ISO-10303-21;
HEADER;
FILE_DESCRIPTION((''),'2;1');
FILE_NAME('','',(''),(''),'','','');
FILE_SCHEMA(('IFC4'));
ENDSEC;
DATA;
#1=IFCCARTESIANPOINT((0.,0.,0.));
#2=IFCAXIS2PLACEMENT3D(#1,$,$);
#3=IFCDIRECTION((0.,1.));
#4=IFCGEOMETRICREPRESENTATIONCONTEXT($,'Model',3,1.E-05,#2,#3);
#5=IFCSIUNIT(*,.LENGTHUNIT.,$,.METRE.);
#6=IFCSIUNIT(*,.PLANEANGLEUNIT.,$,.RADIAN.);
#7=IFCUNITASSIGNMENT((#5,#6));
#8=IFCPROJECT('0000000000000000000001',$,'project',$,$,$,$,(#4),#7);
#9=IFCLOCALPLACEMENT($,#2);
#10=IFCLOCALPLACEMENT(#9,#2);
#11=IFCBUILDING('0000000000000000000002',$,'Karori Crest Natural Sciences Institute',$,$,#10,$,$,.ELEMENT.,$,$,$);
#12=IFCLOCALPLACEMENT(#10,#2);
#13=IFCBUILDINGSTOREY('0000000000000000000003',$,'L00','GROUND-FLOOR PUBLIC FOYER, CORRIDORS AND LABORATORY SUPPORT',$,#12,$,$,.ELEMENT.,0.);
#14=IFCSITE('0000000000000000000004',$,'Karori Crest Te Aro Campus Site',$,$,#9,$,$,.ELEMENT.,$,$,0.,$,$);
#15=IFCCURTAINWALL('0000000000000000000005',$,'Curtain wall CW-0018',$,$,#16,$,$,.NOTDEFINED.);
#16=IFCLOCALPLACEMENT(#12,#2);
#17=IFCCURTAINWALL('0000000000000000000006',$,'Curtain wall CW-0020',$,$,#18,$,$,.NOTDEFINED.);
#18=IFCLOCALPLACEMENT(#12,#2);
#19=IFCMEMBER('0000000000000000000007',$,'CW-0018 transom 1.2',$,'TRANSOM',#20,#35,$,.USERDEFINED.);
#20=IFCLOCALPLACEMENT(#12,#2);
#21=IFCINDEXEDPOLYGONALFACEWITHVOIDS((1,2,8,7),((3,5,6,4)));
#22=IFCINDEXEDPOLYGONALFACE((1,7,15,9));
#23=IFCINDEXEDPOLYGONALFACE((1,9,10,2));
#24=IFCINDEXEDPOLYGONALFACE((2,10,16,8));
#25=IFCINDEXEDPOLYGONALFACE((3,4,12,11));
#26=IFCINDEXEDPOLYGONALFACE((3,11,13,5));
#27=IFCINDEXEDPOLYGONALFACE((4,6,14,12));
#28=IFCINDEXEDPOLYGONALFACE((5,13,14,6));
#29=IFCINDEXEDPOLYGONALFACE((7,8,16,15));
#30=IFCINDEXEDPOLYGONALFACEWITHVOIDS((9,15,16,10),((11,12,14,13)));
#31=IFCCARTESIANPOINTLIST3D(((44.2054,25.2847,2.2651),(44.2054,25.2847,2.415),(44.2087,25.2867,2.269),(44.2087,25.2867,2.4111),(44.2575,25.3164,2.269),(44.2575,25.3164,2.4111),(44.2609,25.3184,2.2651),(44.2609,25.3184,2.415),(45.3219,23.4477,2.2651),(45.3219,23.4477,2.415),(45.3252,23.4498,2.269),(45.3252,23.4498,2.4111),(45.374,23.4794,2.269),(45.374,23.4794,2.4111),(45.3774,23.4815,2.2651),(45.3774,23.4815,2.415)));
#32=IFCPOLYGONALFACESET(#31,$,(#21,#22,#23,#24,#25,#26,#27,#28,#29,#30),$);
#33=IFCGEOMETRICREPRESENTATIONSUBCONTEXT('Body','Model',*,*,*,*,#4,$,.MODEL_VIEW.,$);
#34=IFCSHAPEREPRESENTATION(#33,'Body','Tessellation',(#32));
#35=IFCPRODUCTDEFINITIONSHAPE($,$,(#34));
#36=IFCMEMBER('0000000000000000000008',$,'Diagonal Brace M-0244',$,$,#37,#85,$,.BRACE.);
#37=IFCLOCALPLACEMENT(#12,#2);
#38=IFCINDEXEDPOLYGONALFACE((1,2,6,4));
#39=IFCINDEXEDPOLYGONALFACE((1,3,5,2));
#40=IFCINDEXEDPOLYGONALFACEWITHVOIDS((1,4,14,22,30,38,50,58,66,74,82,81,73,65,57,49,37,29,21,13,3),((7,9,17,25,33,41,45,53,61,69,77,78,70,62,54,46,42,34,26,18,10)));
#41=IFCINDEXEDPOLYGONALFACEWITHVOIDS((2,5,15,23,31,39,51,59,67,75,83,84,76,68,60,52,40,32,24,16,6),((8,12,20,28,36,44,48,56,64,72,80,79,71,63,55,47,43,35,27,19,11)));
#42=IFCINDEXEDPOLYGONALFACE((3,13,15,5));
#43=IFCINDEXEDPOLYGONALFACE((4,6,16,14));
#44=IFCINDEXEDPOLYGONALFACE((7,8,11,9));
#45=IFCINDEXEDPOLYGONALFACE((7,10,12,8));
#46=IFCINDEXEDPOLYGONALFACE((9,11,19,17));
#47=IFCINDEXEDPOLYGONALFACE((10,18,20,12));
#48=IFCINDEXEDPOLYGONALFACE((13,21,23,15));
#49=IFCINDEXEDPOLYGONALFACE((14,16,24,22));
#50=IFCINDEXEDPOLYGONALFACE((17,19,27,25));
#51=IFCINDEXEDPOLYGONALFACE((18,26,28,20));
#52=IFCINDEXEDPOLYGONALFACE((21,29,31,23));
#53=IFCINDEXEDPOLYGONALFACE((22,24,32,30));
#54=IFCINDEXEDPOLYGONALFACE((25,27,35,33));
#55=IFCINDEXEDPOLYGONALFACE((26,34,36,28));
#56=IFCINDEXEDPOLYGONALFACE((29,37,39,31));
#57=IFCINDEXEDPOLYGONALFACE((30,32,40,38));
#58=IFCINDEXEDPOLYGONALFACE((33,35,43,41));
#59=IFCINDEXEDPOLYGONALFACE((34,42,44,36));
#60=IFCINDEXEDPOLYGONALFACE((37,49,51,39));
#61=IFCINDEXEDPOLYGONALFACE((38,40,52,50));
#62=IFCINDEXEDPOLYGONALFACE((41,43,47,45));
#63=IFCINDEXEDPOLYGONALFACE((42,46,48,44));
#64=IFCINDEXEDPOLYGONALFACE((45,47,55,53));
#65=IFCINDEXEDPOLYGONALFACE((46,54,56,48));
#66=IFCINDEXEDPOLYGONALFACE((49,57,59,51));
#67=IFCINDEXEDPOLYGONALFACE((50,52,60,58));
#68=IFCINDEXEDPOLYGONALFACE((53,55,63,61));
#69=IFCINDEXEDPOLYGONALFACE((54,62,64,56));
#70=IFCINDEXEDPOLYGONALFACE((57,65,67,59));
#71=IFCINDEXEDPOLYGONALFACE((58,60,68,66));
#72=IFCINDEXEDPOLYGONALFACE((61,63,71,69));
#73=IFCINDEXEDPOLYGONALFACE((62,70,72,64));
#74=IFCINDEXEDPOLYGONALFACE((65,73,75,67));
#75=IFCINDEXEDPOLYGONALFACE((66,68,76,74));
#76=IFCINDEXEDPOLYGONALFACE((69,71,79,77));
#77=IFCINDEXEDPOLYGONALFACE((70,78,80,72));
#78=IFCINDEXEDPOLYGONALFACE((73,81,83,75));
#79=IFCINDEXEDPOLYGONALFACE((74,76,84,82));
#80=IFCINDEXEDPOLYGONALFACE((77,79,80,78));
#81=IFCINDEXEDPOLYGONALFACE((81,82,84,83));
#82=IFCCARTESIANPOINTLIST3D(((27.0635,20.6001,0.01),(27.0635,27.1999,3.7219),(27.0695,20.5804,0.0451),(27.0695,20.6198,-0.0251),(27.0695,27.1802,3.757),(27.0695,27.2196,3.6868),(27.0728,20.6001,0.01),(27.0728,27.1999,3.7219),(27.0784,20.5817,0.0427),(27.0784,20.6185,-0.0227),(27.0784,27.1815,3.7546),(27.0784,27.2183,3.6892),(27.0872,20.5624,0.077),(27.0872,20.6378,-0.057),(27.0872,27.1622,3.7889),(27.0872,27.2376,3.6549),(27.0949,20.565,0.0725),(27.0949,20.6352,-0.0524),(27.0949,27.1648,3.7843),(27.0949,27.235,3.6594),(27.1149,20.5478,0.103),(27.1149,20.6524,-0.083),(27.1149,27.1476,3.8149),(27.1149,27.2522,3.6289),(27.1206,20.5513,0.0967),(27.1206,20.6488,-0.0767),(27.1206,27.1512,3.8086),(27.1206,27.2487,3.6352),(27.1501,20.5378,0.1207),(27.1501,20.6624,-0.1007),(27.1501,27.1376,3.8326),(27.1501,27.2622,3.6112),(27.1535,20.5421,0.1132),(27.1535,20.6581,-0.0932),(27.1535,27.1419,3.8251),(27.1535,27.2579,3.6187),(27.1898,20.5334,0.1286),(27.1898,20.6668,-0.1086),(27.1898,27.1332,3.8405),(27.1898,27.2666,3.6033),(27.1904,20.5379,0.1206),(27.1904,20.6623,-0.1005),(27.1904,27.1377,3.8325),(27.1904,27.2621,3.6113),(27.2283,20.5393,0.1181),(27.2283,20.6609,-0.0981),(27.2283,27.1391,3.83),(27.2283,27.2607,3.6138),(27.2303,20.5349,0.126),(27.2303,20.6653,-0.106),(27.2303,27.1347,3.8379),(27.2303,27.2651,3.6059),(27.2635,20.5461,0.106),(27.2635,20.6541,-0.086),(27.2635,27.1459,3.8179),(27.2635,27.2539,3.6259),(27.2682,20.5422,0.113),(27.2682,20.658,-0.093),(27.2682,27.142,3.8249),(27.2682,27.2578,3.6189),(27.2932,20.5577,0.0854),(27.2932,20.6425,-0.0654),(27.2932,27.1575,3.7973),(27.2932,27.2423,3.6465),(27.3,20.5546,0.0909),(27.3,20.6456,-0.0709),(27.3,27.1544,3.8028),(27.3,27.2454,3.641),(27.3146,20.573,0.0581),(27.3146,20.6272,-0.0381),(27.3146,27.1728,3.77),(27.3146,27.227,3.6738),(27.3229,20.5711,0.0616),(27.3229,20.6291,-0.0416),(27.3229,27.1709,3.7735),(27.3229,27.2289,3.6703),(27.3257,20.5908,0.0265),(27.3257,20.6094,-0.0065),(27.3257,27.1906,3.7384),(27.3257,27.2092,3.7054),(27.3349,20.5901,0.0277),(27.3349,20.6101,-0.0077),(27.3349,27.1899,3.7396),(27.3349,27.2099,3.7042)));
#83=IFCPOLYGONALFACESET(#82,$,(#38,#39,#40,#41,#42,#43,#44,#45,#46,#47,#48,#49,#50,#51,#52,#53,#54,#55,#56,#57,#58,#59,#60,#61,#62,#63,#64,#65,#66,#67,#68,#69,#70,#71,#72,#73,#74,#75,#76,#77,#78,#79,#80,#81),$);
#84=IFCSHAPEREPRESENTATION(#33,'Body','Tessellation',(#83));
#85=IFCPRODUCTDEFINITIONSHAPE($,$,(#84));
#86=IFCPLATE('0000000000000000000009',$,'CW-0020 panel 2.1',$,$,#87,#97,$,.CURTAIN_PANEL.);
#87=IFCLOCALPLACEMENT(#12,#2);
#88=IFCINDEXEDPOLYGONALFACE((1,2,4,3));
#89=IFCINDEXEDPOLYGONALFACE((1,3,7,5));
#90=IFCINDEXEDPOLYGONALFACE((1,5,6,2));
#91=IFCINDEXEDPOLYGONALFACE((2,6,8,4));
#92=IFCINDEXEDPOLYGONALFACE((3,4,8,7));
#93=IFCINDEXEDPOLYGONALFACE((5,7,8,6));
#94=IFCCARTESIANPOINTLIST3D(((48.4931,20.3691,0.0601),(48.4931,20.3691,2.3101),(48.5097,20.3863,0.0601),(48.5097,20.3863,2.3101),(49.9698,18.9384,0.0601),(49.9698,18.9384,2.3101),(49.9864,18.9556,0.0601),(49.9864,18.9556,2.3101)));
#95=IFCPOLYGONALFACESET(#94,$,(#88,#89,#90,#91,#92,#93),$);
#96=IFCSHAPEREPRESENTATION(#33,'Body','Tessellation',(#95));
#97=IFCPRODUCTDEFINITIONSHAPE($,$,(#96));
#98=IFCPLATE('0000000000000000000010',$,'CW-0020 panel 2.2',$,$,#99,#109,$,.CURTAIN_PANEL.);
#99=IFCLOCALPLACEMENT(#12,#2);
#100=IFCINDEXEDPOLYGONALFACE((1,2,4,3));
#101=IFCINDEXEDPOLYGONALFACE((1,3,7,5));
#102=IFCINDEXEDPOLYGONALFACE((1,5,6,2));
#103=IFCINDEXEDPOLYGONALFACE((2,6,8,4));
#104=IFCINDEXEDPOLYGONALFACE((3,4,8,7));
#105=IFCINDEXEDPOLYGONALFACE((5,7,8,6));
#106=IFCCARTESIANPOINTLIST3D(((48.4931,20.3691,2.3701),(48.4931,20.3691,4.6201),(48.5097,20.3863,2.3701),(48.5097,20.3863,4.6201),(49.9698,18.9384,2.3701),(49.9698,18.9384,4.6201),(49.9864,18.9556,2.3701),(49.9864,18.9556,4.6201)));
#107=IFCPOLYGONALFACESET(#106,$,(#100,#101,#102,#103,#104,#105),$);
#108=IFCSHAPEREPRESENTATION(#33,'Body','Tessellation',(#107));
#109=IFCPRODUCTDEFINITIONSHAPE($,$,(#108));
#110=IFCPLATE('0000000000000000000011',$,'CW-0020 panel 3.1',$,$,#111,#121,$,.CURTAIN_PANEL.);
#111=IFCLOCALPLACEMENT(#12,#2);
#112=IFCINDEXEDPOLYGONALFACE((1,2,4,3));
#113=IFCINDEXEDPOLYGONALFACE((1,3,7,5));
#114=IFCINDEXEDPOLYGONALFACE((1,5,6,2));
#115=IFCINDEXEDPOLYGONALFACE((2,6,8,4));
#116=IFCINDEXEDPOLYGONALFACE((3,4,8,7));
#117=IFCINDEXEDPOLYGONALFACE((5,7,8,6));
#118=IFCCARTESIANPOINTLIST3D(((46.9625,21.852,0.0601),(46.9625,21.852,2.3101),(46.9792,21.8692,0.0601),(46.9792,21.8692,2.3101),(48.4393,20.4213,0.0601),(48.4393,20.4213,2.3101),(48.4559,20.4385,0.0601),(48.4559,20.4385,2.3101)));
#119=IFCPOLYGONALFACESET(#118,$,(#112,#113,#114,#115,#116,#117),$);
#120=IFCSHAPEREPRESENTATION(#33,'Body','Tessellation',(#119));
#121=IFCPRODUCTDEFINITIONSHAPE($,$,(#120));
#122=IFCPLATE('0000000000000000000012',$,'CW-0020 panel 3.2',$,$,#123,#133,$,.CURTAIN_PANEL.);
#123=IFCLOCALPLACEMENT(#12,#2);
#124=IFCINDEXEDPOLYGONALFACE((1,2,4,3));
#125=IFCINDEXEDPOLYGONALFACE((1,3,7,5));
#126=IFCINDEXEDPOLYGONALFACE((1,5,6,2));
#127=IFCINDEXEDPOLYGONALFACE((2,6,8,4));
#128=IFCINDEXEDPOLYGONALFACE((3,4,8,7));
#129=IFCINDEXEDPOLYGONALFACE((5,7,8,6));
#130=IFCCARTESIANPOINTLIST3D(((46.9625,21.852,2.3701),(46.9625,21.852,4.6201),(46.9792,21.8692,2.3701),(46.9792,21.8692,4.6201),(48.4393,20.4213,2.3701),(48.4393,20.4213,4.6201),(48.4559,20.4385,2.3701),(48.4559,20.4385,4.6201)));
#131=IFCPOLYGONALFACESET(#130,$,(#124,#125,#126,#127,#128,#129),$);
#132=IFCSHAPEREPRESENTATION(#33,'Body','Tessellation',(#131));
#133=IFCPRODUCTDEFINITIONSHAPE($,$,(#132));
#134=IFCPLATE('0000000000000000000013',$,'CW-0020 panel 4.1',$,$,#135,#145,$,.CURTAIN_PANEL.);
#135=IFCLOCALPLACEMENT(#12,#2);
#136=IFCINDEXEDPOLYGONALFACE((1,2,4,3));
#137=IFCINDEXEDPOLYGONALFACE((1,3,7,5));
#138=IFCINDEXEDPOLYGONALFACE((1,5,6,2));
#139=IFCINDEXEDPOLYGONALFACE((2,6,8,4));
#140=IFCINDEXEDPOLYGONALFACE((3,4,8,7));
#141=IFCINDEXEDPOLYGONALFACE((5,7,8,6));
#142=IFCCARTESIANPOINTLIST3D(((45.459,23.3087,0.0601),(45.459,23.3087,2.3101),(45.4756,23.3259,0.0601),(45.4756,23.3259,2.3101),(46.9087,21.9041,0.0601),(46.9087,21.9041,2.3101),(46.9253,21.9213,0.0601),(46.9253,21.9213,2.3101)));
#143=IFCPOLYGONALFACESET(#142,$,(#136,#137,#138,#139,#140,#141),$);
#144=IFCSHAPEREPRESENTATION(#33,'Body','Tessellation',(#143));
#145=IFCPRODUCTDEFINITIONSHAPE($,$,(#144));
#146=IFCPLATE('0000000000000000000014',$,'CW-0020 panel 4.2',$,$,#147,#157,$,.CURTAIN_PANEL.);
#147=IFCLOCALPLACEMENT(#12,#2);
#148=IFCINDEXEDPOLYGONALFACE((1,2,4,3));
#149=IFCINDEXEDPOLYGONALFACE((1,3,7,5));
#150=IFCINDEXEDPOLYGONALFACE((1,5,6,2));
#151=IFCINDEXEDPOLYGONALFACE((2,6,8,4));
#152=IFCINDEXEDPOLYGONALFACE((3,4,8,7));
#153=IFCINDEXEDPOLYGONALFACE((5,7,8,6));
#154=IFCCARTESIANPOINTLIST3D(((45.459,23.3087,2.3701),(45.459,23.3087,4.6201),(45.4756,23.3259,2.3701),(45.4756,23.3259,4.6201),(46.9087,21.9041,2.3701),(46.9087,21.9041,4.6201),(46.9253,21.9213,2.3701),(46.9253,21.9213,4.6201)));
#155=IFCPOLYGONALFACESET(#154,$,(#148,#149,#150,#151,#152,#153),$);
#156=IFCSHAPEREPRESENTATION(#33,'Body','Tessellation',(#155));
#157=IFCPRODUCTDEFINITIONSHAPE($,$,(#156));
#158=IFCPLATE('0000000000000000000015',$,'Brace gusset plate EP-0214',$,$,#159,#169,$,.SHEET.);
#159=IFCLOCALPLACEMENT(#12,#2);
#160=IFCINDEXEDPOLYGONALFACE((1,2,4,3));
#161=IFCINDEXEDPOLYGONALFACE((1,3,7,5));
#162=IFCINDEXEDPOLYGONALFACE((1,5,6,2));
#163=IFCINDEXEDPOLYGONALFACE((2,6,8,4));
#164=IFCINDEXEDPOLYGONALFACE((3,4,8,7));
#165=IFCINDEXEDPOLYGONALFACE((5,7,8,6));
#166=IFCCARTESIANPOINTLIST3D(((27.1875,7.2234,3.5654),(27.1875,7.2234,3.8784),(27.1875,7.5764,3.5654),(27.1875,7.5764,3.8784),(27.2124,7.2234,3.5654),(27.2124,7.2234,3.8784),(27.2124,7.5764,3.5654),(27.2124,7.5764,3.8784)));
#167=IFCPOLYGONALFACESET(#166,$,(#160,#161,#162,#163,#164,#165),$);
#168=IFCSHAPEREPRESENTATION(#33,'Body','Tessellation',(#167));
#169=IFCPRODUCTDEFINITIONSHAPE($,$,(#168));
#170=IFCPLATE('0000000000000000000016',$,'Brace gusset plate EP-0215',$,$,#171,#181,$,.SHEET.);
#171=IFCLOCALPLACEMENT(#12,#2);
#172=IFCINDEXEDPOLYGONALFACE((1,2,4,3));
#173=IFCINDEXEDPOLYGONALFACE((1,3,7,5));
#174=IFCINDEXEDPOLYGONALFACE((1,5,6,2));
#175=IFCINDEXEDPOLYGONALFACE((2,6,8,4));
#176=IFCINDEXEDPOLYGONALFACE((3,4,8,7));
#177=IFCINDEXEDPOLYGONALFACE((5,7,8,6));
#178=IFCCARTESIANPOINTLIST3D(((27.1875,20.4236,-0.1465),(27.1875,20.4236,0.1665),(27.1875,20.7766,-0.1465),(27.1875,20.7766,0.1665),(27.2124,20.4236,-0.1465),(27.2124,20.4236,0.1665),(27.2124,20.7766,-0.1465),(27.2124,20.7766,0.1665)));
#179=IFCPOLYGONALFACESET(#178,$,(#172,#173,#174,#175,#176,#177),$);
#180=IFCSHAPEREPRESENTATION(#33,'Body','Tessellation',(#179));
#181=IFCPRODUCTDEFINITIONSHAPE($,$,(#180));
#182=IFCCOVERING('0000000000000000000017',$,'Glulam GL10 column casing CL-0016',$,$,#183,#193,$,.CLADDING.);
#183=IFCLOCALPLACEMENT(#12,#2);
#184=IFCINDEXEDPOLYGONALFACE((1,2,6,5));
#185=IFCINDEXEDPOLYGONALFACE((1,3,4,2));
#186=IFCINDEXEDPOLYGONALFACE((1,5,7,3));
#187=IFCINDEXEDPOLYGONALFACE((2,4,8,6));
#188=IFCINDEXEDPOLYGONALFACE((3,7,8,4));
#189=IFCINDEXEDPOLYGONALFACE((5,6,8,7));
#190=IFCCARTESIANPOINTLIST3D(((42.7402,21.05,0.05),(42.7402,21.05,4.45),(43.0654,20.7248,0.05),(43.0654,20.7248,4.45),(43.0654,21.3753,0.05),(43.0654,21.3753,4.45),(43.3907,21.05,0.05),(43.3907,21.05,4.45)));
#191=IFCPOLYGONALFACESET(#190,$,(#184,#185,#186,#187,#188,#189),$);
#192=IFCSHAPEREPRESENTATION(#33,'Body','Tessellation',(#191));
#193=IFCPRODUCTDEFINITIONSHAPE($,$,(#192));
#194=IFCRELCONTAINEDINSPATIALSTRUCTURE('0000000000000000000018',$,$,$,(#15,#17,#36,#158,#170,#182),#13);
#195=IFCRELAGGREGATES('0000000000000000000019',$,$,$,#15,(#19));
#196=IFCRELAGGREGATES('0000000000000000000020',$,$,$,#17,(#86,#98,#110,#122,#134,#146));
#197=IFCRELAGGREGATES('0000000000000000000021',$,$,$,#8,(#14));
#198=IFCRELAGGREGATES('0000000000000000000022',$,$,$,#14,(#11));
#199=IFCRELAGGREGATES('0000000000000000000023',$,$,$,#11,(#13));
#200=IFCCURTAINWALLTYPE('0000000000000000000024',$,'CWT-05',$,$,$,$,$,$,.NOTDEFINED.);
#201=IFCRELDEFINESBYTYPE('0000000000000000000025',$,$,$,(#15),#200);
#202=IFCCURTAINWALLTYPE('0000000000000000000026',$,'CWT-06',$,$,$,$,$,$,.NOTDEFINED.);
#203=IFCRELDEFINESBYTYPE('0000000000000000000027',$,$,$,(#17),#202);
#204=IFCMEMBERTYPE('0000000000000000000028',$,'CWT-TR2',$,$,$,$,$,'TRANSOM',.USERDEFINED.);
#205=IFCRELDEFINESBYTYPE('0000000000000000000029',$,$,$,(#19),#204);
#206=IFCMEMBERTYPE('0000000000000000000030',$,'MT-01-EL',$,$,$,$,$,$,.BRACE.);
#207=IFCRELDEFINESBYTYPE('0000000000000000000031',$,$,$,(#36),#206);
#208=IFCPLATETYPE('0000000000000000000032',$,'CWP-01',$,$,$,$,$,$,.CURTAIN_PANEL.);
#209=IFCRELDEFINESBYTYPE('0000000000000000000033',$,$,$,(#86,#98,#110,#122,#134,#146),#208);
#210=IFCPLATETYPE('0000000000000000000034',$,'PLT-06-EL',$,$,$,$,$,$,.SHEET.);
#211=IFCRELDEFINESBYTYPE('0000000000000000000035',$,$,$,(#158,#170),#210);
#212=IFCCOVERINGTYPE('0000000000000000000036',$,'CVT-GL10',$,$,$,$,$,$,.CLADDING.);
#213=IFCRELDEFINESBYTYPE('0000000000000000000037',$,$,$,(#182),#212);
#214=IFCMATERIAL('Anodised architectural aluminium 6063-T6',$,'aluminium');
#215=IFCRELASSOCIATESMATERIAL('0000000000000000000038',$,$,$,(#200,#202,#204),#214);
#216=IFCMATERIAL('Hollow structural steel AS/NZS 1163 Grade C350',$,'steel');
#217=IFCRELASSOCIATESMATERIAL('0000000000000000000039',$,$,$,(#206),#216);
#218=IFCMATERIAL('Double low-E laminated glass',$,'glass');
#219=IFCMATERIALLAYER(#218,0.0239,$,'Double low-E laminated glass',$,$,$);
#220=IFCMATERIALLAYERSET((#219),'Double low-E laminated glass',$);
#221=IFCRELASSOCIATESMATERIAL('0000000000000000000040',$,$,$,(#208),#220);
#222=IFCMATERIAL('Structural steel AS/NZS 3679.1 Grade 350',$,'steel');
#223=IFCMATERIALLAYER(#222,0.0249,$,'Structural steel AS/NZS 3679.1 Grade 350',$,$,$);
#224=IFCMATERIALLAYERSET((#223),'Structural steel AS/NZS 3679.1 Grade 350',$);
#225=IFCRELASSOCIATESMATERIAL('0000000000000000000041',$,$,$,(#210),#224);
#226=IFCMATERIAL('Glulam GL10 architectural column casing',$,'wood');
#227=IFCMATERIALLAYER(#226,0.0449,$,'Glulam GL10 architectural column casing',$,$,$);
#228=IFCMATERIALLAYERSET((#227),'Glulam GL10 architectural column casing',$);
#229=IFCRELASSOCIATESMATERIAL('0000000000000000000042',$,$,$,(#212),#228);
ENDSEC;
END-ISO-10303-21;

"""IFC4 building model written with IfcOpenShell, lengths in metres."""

from ifc_helpers import new_model, si_unit, direction, frame, origin, origin_2d, place, context, subcontext, project, spatial, rectangle, hollow_rectangle, hollow_circle, extrude, material, layer, layer_set, material_profile, profile_set, type_object, element, aggregate, save


model = new_model("IFC4")

# Units and contexts
model_context = context("Model", 3, precision=1e-05, world=origin(), true_north=direction((0.0, 1.0)))
body_context = subcontext(model_context, "Body", "Model", "MODEL_VIEW")
ifc_project = project(units=[si_unit("LENGTHUNIT", "METRE"), si_unit("PLANEANGLEUNIT", "RADIAN")], contexts=[model_context])

# Site, building, storey
site_placement = place(None, origin())
site = spatial("IfcSite", under=ifc_project, at=site_placement, Name="Karori Crest Te Aro Campus Site", CompositionType="ELEMENT", RefElevation=0.0)
building_placement = place(site_placement, origin())
building = spatial("IfcBuilding", under=site, at=building_placement, Name="Karori Crest Natural Sciences Institute", CompositionType="ELEMENT")
storey_placement = place(building_placement, origin())
storey = spatial("IfcBuildingStorey", under=building, at=storey_placement, Name="L00", Description="GROUND-FLOOR PUBLIC FOYER, CORRIDORS AND LABORATORY SUPPORT", CompositionType="ELEMENT", Elevation=0.0)

# Shared definitions
ifc_material_1 = material(Name="Structural steel AS/NZS 3679.1 Grade 350", Category="steel")
ifc_material_2 = material(Name="Hollow structural steel AS/NZS 1163 Grade C350", Category="steel")

# Curtain wall
ifc_material_3 = material(Name="Anodised architectural aluminium 6063-T6", Category="aluminium")
curtain_wall_type_1 = type_object("IfcCurtainWallType", Name="CWT-05", PredefinedType="NOTDEFINED", material=ifc_material_3)
curtain_wall_1_placement = place(storey_placement, origin())
curtain_wall_1 = element("IfcCurtainWall", 1, at=curtain_wall_1_placement, inside=storey, type_object=curtain_wall_type_1, Name="Curtain wall CW-0018", PredefinedType="NOTDEFINED")

# Curtain wall
curtain_wall_type_2 = type_object("IfcCurtainWallType", Name="CWT-06", PredefinedType="NOTDEFINED", material=ifc_material_3)
curtain_wall_2_placement = place(storey_placement, origin())
curtain_wall_2 = element("IfcCurtainWall", 2, at=curtain_wall_2_placement, inside=storey, type_object=curtain_wall_type_2, Name="Curtain wall CW-0020", PredefinedType="NOTDEFINED")

# Members
ifc_material_profile_1 = material_profile(ifc_material_3, hollow_rectangle(XDim=0.0649, YDim=0.1499, WallThickness=0.0039, at=origin_2d()), Name="CWT150x65x4")
ifc_profile_set_1 = profile_set([ifc_material_profile_1], Name="Anodised architectural aluminium 6063-T6")
member_type_1 = type_object("IfcMemberType", Name="CWT-TR2", ElementType="TRANSOM", PredefinedType="USERDEFINED", material=ifc_profile_set_1)
member_1_placement = place(storey_placement, frame((45.3496, 23.4646, 2.3401), z_axis=(-0.519381, 0.854543, 0.0), x_axis=(-0.854543, -0.519381, 0.0)))
member_1 = element("IfcMember", 3, at=member_1_placement, type_object=member_type_1, Name="CW-0018 transom 1.2", ObjectType="TRANSOM", PredefinedType="USERDEFINED", context=body_context, shape_type="SweptSolid", body=[
    extrude(hollow_rectangle(XDim=0.0649, YDim=0.1499, WallThickness=0.0039, at=origin_2d()), origin(), (0.0, 0.0, 1.0), 2.1497),
])
aggregate(curtain_wall_1, [member_1])
ifc_material_profile_2 = material_profile(ifc_material_2, hollow_circle(Radius=0.1365, WallThickness=0.0093, at=origin_2d()), Name="CHS273.0x9.3")
ifc_profile_set_2 = profile_set([ifc_material_profile_2], Name="Hollow structural steel AS/NZS 1163 Grade C350")
member_type_2 = type_object("IfcMemberType", Name="MT-01-EL", PredefinedType="BRACE", material=ifc_profile_set_2)
member_2_placement = place(storey_placement, frame((27.2, 20.6001, 0.01), z_axis=(0.0, 0.871604, 0.490211), x_axis=(-1.0, 0.0, 0.0)))
element("IfcMember", 4, at=member_2_placement, inside=storey, type_object=member_type_2, Name="Diagonal Brace M-0244", PredefinedType="BRACE", context=body_context, shape_type="SweptSolid", body=[
    extrude(hollow_circle(Radius=0.1365, WallThickness=0.0093, at=origin_2d()), origin(), (0.0, 0.0, 1.0), 7.572),
])

# Plates
ifc_material_4 = material(Name="Double low-E laminated glass", Category="glass")
ifc_layer_1 = layer(ifc_material_4, 0.0239, Name="Double low-E laminated glass")
ifc_layer_set_1 = layer_set([ifc_layer_1], Name="Double low-E laminated glass")
plate_type_1 = type_object("IfcPlateType", Name="CWP-01", PredefinedType="CURTAIN_PANEL", material=ifc_layer_set_1)
plate_1_placement = place(storey_placement, frame((49.2397, 19.6624, 0.0601), z_axis=(0.0, 0.0, 1.0), x_axis=(-0.718198, 0.695839, 0.0)))
plate_1 = element("IfcPlate", 5, at=plate_1_placement, type_object=plate_type_1, Name="CW-0020 panel 2.1", PredefinedType="CURTAIN_PANEL", context=body_context, shape_type="SweptSolid", body=[
    extrude(rectangle(XDim=2.0562, YDim=0.0239, at=origin_2d()), origin(), (0.0, 0.0, 1.0), 2.25),
])
plate_2_placement = place(storey_placement, frame((49.2397, 19.6624, 2.3701), z_axis=(0.0, 0.0, 1.0), x_axis=(-0.718198, 0.695839, 0.0)))
plate_2 = element("IfcPlate", 6, at=plate_2_placement, type_object=plate_type_1, Name="CW-0020 panel 2.2", PredefinedType="CURTAIN_PANEL", context=body_context, shape_type="SweptSolid", body=[
    extrude(rectangle(XDim=2.0562, YDim=0.0239, at=origin_2d()), origin(), (0.0, 0.0, 1.0), 2.25),
])
plate_3_placement = place(storey_placement, frame((47.7092, 21.1453, 0.0601), z_axis=(0.0, 0.0, 1.0), x_axis=(-0.718198, 0.695839, 0.0)))
plate_3 = element("IfcPlate", 7, at=plate_3_placement, type_object=plate_type_1, Name="CW-0020 panel 3.1", PredefinedType="CURTAIN_PANEL", context=body_context, shape_type="SweptSolid", body=[
    extrude(rectangle(XDim=2.0562, YDim=0.0239, at=origin_2d()), origin(), (0.0, 0.0, 1.0), 2.25),
])
plate_4_placement = place(storey_placement, frame((47.7092, 21.1453, 2.3701), z_axis=(0.0, 0.0, 1.0), x_axis=(-0.718198, 0.695839, 0.0)))
plate_4 = element("IfcPlate", 8, at=plate_4_placement, type_object=plate_type_1, Name="CW-0020 panel 3.2", PredefinedType="CURTAIN_PANEL", context=body_context, shape_type="SweptSolid", body=[
    extrude(rectangle(XDim=2.0562, YDim=0.0239, at=origin_2d()), origin(), (0.0, 0.0, 1.0), 2.25),
])
plate_5_placement = place(storey_placement, frame((46.1921, 22.615, 0.0601), z_axis=(0.0, 0.0, 1.0), x_axis=(-0.718198, 0.695839, 0.0)))
plate_5 = element("IfcPlate", 9, at=plate_5_placement, type_object=plate_type_1, Name="CW-0020 panel 4.1", PredefinedType="CURTAIN_PANEL", context=body_context, shape_type="SweptSolid", body=[
    extrude(rectangle(XDim=2.0186, YDim=0.0239, at=origin_2d()), origin(), (0.0, 0.0, 1.0), 2.25),
])
plate_6_placement = place(storey_placement, frame((46.1921, 22.615, 2.3701), z_axis=(0.0, 0.0, 1.0), x_axis=(-0.718198, 0.695839, 0.0)))
plate_6 = element("IfcPlate", 10, at=plate_6_placement, type_object=plate_type_1, Name="CW-0020 panel 4.2", PredefinedType="CURTAIN_PANEL", context=body_context, shape_type="SweptSolid", body=[
    extrude(rectangle(XDim=2.0186, YDim=0.0239, at=origin_2d()), origin(), (0.0, 0.0, 1.0), 2.25),
])
aggregate(curtain_wall_2, [plate_1, plate_2, plate_3, plate_4, plate_5, plate_6])

# Plates
ifc_layer_2 = layer(ifc_material_1, 0.0249, Name="Structural steel AS/NZS 3679.1 Grade 350")
ifc_layer_set_2 = layer_set([ifc_layer_2], Name="Structural steel AS/NZS 3679.1 Grade 350")
plate_type_2 = type_object("IfcPlateType", Name="PLT-06-EL", PredefinedType="SHEET", material=ifc_layer_set_2)
for number, where, z_axis, x_axis, name in (
    (11, (27.2, 7.3999, 3.5654), (0.0, 0.0, 1.0), (0.0, 1.0, 0.0), "Brace gusset plate EP-0214"),
    (12, (27.2, 20.6001, -0.1465), (0.0, 0.0, 1.0), (0.0, 1.0, 0.0), "Brace gusset plate EP-0215"),
):
    element("IfcPlate", number, at=place(storey_placement, frame(where, z_axis=z_axis, x_axis=x_axis)), inside=storey, type_object=plate_type_2, Name=name, PredefinedType="SHEET", context=body_context, shape_type="SweptSolid", body=[
        extrude(rectangle(XDim=0.353, YDim=0.0249, at=origin_2d()), origin(), (0.0, 0.0, 1.0), 0.313),
    ])

# Covering
ifc_material_5 = material(Name="Glulam GL10 architectural column casing", Category="wood")
ifc_layer_3 = layer(ifc_material_5, 0.0449, Name="Glulam GL10 architectural column casing")
ifc_layer_set_3 = layer_set([ifc_layer_3], Name="Glulam GL10 architectural column casing")
covering_type = type_object("IfcCoveringType", Name="CVT-GL10", PredefinedType="CLADDING", material=ifc_layer_set_3)
for number, where, z_axis, x_axis, name in (
    (13, (43.0654, 21.05, 0.05), (0.0, 0.0, 1.0), (-0.707107, -0.707107, 0.0), "Glulam GL10 column casing CL-0016"),
):
    element("IfcCovering", number, at=place(storey_placement, frame(where, z_axis=z_axis, x_axis=x_axis)), inside=storey, type_object=covering_type, Name=name, PredefinedType="CLADDING", context=body_context, shape_type="SweptSolid", body=[
        extrude(rectangle(XDim=0.46, YDim=0.46, at=origin_2d()), origin(), (0.0, 0.0, 1.0), 4.3999),
    ])

save(model, "model.ifc")
